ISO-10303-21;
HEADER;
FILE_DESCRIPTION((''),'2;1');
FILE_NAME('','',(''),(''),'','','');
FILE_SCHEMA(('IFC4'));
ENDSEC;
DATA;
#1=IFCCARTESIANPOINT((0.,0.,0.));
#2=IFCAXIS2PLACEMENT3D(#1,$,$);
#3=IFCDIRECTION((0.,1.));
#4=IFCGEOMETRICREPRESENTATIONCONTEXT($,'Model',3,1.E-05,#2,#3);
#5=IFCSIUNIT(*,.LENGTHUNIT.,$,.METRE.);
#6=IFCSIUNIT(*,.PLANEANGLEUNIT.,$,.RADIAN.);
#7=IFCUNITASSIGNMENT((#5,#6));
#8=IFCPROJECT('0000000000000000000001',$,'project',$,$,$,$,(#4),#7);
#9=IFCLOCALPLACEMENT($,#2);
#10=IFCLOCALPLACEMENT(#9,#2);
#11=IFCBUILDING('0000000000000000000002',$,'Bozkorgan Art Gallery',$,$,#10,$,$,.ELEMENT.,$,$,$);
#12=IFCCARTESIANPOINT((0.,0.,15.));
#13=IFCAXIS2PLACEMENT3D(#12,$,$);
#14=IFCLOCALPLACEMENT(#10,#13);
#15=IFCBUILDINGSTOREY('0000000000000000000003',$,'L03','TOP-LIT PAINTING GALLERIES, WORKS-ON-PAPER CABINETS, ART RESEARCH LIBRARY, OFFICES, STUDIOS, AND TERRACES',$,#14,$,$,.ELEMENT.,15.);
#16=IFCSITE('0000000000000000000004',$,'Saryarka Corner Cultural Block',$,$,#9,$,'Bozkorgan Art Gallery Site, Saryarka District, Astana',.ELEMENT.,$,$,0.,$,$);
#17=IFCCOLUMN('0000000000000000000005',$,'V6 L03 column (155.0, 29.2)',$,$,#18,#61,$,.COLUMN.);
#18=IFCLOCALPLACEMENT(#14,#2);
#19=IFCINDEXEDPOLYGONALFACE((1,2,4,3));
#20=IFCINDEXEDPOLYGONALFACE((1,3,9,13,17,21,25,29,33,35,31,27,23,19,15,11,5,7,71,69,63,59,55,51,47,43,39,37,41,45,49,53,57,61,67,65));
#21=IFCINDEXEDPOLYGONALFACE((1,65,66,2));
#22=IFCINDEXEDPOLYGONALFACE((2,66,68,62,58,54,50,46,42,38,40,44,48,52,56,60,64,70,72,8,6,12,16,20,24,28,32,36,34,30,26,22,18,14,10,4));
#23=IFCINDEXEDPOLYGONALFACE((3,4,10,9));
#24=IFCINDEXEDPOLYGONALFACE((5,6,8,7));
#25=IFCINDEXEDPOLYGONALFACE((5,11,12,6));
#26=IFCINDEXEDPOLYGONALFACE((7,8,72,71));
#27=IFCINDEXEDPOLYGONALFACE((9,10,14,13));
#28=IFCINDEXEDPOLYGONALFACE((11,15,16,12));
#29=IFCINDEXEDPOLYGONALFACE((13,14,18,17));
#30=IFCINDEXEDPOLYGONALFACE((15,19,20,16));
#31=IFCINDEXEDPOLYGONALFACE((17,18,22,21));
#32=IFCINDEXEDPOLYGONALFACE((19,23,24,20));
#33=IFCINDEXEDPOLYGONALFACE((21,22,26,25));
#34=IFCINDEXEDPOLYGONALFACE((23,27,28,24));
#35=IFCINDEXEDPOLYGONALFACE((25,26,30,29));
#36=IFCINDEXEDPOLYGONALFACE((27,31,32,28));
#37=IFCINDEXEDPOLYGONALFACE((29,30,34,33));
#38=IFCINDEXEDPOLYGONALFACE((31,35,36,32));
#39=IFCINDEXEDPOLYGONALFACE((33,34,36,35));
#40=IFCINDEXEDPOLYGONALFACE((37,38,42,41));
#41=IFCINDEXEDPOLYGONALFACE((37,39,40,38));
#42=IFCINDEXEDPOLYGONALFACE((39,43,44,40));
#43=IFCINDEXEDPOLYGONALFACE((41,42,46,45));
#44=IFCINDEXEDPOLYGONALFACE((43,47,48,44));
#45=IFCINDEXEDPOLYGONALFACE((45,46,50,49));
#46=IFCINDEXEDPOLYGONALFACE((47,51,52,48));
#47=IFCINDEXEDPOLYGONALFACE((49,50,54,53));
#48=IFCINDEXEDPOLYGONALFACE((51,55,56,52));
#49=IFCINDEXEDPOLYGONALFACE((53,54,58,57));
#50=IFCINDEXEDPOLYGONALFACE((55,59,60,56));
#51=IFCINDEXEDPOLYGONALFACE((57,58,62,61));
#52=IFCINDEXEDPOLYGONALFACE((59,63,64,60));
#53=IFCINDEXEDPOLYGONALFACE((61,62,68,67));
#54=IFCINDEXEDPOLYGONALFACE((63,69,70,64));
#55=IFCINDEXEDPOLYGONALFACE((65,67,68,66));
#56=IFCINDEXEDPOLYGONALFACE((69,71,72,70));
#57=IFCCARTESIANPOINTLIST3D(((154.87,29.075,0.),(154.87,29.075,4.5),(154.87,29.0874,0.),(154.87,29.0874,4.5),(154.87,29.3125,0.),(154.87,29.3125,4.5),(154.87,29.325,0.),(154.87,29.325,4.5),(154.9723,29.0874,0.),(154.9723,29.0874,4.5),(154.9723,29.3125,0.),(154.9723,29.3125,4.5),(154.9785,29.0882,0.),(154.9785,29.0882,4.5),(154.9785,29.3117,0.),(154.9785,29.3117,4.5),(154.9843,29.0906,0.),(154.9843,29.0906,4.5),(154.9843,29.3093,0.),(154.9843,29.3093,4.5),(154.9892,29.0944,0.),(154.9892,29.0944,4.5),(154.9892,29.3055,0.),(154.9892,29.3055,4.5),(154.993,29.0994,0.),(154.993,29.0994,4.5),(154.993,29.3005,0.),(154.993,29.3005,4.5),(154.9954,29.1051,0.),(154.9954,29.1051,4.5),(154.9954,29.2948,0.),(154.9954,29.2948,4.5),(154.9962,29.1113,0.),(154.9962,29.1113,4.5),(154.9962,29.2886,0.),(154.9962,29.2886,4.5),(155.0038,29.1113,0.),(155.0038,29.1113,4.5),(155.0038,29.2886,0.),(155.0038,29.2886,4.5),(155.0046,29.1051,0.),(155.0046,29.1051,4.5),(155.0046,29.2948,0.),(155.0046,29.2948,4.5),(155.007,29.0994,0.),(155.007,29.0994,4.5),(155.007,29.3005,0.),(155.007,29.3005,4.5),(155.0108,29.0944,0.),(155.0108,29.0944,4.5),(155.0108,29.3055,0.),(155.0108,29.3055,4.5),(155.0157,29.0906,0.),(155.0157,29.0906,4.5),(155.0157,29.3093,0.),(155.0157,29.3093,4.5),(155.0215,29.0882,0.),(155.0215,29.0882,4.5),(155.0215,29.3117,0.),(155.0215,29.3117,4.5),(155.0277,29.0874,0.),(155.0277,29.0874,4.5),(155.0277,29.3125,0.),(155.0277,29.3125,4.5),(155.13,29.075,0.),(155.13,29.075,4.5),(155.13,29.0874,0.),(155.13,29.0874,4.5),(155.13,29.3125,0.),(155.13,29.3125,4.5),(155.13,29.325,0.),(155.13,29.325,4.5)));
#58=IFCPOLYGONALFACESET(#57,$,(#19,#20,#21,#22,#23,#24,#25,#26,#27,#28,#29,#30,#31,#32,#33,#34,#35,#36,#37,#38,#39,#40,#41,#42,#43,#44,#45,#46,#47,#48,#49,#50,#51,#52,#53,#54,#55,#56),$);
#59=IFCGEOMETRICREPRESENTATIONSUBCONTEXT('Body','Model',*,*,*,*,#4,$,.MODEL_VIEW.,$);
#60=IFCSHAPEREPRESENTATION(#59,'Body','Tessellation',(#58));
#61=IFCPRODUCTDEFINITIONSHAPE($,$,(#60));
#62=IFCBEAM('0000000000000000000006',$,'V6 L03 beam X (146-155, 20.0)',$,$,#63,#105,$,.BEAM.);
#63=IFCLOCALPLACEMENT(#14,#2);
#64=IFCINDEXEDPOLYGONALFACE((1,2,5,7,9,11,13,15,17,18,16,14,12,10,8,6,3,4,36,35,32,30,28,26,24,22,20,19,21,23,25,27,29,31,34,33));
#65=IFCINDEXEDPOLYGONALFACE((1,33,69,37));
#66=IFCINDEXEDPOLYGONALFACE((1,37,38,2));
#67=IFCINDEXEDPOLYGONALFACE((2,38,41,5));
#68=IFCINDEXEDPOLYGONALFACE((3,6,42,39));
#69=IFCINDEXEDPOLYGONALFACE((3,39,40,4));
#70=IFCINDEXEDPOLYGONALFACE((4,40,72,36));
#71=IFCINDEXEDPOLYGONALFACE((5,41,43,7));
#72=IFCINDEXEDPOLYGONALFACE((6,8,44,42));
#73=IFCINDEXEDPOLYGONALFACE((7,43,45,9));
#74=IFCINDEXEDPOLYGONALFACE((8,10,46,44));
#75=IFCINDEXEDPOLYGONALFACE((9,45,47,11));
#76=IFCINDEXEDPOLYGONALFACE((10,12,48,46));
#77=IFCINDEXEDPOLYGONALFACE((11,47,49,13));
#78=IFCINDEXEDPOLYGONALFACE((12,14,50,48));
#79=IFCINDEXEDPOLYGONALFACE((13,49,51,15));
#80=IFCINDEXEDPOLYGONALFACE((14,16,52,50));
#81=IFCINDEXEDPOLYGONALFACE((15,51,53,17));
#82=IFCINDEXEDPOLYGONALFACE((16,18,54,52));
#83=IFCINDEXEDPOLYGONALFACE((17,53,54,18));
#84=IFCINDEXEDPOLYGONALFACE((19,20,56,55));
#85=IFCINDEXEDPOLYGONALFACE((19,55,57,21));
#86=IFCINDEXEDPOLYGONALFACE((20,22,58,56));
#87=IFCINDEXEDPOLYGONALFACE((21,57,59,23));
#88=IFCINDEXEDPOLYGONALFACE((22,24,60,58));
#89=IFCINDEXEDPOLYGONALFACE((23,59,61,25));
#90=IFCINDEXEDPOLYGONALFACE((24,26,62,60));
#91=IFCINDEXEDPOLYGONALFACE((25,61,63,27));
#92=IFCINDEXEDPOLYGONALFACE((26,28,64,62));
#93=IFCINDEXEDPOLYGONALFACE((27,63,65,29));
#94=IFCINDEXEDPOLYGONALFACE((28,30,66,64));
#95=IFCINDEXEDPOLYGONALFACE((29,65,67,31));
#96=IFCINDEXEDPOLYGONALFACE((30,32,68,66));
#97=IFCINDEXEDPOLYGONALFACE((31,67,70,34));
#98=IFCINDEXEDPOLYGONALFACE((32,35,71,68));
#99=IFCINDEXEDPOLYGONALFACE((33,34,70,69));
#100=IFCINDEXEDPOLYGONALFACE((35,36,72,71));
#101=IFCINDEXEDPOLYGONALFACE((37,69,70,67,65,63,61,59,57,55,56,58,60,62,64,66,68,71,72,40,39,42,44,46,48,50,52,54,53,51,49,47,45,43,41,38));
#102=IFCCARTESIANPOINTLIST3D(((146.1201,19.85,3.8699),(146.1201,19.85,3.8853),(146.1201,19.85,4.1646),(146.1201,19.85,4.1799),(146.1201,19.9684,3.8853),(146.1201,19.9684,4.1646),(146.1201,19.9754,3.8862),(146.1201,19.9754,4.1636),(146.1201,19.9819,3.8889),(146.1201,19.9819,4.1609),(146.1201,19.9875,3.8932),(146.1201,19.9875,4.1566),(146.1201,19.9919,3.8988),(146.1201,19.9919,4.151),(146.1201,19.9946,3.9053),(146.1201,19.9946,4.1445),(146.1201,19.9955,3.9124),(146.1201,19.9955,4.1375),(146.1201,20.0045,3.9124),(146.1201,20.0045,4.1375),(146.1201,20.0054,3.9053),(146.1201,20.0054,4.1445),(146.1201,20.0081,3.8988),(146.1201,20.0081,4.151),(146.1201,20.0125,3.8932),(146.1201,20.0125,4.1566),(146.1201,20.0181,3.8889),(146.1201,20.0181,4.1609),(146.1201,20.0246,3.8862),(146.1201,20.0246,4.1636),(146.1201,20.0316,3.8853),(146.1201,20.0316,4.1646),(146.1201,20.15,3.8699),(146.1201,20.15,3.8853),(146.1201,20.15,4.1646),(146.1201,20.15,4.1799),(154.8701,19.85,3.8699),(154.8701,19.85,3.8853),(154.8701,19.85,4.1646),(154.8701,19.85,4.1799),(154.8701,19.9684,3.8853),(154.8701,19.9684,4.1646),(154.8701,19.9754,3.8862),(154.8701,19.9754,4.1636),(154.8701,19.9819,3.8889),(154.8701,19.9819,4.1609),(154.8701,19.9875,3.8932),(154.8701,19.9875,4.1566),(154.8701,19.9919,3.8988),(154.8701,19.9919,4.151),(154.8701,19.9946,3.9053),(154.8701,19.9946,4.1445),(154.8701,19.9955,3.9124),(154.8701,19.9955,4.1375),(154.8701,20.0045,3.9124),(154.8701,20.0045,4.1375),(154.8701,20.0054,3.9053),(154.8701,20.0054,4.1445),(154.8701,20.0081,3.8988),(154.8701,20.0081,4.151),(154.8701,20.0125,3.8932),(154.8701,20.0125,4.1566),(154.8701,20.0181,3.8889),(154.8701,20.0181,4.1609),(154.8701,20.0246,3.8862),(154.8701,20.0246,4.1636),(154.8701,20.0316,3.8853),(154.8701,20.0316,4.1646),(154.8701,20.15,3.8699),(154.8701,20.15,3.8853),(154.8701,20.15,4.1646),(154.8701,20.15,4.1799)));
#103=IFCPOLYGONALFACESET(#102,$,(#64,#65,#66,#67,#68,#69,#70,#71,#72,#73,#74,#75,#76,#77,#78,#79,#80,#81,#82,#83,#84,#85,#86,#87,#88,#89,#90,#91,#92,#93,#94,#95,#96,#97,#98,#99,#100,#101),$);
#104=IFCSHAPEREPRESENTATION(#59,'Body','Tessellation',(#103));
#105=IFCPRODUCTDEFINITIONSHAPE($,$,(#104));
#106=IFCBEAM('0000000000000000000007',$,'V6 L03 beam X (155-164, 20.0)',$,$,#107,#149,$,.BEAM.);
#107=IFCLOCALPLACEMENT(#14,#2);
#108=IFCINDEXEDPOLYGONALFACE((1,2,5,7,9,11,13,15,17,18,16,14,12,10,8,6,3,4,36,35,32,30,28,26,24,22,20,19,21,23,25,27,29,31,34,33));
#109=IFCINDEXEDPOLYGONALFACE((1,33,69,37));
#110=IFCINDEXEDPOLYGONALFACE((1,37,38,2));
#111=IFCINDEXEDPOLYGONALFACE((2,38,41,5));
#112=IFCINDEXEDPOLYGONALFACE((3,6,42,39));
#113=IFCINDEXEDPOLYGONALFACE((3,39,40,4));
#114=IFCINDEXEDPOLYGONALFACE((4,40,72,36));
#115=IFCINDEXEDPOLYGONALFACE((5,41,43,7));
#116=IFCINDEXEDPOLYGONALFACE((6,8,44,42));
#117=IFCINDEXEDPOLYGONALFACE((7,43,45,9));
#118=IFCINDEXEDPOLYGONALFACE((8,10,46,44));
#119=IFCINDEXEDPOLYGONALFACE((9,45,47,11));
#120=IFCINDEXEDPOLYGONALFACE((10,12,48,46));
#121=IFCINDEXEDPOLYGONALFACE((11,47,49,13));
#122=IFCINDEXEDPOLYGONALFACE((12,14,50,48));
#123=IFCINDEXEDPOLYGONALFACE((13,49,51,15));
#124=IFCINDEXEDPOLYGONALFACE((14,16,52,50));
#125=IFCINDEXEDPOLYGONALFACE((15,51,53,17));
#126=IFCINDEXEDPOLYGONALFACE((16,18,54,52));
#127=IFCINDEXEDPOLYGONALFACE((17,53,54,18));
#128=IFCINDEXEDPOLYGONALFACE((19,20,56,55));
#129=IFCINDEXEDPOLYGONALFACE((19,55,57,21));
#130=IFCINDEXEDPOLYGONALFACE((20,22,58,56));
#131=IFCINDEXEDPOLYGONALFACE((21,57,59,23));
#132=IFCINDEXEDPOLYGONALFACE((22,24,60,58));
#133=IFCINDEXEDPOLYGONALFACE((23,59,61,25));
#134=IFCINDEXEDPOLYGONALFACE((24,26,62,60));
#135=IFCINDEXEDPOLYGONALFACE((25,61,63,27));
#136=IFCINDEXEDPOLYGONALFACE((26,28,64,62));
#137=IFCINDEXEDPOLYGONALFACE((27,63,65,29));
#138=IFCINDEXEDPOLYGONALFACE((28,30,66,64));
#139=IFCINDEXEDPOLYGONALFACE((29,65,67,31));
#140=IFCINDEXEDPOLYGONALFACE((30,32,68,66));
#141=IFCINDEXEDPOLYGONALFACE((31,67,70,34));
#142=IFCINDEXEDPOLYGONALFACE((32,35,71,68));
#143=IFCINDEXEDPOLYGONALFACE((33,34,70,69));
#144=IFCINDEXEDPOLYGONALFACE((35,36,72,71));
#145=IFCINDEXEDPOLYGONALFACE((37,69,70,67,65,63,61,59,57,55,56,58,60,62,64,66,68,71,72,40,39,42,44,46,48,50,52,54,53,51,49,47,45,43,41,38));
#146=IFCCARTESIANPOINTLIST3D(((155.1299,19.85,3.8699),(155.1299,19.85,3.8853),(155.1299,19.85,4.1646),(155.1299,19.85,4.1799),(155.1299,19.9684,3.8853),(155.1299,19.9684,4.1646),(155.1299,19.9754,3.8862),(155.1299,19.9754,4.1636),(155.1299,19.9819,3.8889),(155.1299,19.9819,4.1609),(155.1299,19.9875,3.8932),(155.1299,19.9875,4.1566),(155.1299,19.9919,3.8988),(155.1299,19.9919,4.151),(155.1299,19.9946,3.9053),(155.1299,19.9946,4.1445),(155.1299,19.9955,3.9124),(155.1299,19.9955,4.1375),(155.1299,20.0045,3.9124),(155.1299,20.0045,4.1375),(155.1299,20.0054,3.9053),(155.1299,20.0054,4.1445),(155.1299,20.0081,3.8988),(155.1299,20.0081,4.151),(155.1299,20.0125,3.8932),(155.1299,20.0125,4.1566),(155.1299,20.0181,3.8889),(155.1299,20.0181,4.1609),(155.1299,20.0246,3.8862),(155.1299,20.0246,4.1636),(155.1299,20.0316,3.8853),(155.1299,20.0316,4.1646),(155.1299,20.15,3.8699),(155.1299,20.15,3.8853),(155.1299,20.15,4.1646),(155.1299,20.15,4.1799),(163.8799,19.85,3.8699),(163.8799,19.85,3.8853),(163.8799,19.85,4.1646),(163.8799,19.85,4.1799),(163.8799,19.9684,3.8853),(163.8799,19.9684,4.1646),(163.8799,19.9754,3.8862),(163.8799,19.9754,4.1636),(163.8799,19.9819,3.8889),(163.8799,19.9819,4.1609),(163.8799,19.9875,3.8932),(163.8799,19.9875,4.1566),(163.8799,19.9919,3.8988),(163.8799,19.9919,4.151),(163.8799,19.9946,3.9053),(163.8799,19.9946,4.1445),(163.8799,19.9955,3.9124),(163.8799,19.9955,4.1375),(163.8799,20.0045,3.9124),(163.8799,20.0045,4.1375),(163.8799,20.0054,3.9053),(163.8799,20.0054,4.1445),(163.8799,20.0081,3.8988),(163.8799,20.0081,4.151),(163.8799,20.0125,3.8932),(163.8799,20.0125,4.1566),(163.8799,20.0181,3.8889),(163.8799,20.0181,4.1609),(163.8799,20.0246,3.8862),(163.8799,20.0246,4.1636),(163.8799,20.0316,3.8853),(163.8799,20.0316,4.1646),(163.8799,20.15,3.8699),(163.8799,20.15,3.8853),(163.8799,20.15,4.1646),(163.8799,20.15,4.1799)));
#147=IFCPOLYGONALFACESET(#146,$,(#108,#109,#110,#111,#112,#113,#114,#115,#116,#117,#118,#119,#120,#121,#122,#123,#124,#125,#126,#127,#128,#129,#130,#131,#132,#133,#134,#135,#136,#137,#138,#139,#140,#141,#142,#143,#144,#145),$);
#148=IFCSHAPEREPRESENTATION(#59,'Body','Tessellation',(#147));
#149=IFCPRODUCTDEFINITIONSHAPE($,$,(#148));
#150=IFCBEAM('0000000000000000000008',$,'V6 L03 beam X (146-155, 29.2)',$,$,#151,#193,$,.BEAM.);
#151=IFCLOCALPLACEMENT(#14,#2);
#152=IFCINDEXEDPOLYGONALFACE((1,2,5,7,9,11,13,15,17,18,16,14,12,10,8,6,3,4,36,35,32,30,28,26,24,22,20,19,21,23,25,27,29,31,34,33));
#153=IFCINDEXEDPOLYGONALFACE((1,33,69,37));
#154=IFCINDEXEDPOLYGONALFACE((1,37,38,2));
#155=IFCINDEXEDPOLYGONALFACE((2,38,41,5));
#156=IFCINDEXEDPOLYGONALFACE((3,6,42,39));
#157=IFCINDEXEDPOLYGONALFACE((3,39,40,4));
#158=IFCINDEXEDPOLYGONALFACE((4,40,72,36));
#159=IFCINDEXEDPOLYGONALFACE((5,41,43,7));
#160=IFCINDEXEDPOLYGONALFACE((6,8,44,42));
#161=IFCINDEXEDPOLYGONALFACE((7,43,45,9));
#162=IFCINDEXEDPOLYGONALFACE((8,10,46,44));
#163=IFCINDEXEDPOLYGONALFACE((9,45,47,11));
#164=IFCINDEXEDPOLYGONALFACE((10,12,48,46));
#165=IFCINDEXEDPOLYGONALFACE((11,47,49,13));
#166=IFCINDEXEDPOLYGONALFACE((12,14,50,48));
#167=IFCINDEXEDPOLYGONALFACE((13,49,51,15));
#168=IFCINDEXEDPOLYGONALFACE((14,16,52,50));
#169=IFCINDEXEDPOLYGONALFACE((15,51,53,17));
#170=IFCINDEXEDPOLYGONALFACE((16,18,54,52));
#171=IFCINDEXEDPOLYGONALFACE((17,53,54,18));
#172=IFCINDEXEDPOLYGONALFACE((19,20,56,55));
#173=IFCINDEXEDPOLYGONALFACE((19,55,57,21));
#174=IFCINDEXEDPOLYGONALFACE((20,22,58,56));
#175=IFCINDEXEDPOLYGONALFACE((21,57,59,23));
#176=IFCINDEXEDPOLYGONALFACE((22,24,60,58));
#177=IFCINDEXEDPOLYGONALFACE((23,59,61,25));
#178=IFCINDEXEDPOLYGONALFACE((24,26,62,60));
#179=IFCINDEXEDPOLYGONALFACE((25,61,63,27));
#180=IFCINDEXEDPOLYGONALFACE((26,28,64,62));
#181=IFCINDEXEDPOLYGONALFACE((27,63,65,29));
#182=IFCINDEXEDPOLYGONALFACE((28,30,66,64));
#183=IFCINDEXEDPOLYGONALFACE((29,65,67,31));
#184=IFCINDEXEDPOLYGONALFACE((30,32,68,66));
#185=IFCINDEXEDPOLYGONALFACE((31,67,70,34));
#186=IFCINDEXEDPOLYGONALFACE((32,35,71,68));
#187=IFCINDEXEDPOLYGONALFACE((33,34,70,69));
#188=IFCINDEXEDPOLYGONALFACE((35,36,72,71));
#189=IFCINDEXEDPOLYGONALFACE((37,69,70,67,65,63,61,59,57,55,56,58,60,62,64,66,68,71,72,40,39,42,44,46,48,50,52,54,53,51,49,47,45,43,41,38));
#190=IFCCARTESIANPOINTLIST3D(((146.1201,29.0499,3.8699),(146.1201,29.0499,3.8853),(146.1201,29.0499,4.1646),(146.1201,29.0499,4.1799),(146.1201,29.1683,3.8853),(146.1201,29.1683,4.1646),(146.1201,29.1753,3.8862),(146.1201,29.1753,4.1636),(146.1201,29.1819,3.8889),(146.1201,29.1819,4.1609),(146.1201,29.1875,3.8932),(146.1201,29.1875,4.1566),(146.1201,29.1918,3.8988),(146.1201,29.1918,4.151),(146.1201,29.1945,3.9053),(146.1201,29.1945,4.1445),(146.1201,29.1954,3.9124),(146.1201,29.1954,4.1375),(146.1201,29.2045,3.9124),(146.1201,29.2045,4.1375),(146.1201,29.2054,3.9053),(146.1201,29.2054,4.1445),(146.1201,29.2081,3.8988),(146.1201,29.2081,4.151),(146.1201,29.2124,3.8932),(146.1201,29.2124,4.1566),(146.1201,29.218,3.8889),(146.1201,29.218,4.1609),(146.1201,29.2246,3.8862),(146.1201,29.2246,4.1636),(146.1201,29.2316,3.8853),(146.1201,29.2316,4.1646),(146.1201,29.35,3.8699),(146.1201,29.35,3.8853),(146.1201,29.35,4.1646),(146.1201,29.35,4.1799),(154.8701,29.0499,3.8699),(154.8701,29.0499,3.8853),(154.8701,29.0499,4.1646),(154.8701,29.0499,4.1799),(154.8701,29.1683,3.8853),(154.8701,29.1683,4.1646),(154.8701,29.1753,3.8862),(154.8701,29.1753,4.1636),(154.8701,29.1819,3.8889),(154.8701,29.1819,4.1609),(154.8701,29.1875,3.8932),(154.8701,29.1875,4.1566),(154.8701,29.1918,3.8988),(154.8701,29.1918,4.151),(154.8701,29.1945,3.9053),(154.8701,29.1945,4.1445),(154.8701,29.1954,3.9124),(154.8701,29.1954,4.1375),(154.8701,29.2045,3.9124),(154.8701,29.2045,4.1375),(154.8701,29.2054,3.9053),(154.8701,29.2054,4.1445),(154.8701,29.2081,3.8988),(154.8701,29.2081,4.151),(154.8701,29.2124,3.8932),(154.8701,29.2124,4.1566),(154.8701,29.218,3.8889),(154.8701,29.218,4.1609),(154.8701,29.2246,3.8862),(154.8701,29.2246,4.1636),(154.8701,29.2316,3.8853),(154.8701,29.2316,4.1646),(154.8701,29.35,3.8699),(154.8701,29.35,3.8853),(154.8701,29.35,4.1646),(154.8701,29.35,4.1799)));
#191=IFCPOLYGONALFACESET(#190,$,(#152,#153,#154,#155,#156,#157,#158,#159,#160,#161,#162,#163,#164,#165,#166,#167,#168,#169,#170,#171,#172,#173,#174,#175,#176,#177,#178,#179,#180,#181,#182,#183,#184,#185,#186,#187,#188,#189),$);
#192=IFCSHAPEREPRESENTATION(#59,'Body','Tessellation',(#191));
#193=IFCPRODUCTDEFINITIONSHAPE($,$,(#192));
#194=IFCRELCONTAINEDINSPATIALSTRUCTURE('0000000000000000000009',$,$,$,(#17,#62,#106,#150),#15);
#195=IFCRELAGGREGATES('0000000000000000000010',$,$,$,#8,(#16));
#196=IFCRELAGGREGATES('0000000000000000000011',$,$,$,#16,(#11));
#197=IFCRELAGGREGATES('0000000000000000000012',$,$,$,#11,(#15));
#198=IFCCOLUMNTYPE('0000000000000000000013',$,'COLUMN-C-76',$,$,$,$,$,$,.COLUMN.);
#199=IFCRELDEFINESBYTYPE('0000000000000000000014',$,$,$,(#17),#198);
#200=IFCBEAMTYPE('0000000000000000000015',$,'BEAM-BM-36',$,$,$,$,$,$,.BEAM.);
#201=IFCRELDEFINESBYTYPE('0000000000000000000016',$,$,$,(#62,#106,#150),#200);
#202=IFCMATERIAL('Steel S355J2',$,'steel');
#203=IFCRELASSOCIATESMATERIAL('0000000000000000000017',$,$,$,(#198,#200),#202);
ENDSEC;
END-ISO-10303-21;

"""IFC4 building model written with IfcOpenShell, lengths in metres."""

from ifc_helpers import new_model, si_unit, direction, frame, origin, origin_2d, place, context, subcontext, project, spatial, i_section, extrude, material, material_profile, profile_set, type_object, element, save


model = new_model("IFC4")

# Units and contexts
model_context = context("Model", 3, precision=1e-05, world=origin(), true_north=direction((0.0, 1.0)))
body_context = subcontext(model_context, "Body", "Model", "MODEL_VIEW")
ifc_project = project(units=[si_unit("LENGTHUNIT", "METRE"), si_unit("PLANEANGLEUNIT", "RADIAN")], contexts=[model_context])

# Site, building, storey
site_placement = place(None, origin())
site = spatial("IfcSite", under=ifc_project, at=site_placement, Name="Saryarka Corner Cultural Block", LongName="Bozkorgan Art Gallery Site, Saryarka District, Astana", CompositionType="ELEMENT", RefElevation=0.0)
building_placement = place(site_placement, origin())
building = spatial("IfcBuilding", under=site, at=building_placement, Name="Bozkorgan Art Gallery", CompositionType="ELEMENT")
storey_placement = place(building_placement, frame((0.0, 0.0, 15.0)))
storey = spatial("IfcBuildingStorey", under=building, at=storey_placement, Name="L03", Description="TOP-LIT PAINTING GALLERIES, WORKS-ON-PAPER CABINETS, ART RESEARCH LIBRARY, OFFICES, STUDIOS, AND TERRACES", CompositionType="ELEMENT", Elevation=15.0)

# Column
ifc_material_1 = material(Name="Steel S355J2", Category="steel")
ifc_material_profile_1 = material_profile(ifc_material_1, i_section(OverallWidth=0.26, OverallDepth=0.25, WebThickness=0.0076, FlangeThickness=0.0125, FilletRadius=0.0239, at=origin_2d()), Name="HEA 260")
ifc_profile_set_1 = profile_set([ifc_material_profile_1], Name="Steel S355J2")
column_type_1 = type_object("IfcColumnType", Name="COLUMN-C-76", PredefinedType="COLUMN", material=ifc_profile_set_1)
for number, where, z_axis, x_axis, name in (
    (1, (155.0, 29.2, 0.0), (0.0, 0.0, 1.0), (1.0, 0.0, 0.0), "V6 L03 column (155.0, 29.2)"),
):
    element("IfcColumn", number, at=place(storey_placement, frame(where, z_axis=z_axis, x_axis=x_axis)), inside=storey, type_object=column_type_1, Name=name, PredefinedType="COLUMN", context=body_context, shape_type="SweptSolid", body=[
        extrude(i_section(OverallWidth=0.26, OverallDepth=0.25, WebThickness=0.0076, FlangeThickness=0.0125, FilletRadius=0.0239, at=origin_2d()), origin(), (0.0, 0.0, 1.0), 4.5),
    ])

# Beams
ifc_material_profile_2 = material_profile(ifc_material_1, i_section(OverallWidth=0.3, OverallDepth=0.3101, WebThickness=0.009, FlangeThickness=0.0154, FilletRadius=0.0271, at=origin_2d()), Name="HEA 320")
ifc_profile_set_2 = profile_set([ifc_material_profile_2], Name="Steel S355J2")
beam_type = type_object("IfcBeamType", Name="BEAM-BM-36", PredefinedType="BEAM", material=ifc_profile_set_2)
for number, where, z_axis, x_axis, name in (
    (2, (146.1201, 20.0, 4.0249), (1.0, 0.0, 0.0), (0.0, 1.0, 0.0), "V6 L03 beam X (146-155, 20.0)"),
    (3, (155.1299, 20.0, 4.0249), (1.0, 0.0, 0.0), (0.0, 1.0, 0.0), "V6 L03 beam X (155-164, 20.0)"),
    (4, (146.1201, 29.2, 4.0249), (1.0, 0.0, 0.0), (0.0, 1.0, 0.0), "V6 L03 beam X (146-155, 29.2)"),
):
    element("IfcBeam", number, at=place(storey_placement, frame(where, z_axis=z_axis, x_axis=x_axis)), inside=storey, type_object=beam_type, Name=name, PredefinedType="BEAM", context=body_context, shape_type="SweptSolid", body=[
        extrude(i_section(OverallWidth=0.3, OverallDepth=0.3101, WebThickness=0.009, FlangeThickness=0.0154, FilletRadius=0.0271, at=origin_2d()), origin(), (0.0, 0.0, 1.0), 8.75),
    ])

save(model, "model.ifc")
